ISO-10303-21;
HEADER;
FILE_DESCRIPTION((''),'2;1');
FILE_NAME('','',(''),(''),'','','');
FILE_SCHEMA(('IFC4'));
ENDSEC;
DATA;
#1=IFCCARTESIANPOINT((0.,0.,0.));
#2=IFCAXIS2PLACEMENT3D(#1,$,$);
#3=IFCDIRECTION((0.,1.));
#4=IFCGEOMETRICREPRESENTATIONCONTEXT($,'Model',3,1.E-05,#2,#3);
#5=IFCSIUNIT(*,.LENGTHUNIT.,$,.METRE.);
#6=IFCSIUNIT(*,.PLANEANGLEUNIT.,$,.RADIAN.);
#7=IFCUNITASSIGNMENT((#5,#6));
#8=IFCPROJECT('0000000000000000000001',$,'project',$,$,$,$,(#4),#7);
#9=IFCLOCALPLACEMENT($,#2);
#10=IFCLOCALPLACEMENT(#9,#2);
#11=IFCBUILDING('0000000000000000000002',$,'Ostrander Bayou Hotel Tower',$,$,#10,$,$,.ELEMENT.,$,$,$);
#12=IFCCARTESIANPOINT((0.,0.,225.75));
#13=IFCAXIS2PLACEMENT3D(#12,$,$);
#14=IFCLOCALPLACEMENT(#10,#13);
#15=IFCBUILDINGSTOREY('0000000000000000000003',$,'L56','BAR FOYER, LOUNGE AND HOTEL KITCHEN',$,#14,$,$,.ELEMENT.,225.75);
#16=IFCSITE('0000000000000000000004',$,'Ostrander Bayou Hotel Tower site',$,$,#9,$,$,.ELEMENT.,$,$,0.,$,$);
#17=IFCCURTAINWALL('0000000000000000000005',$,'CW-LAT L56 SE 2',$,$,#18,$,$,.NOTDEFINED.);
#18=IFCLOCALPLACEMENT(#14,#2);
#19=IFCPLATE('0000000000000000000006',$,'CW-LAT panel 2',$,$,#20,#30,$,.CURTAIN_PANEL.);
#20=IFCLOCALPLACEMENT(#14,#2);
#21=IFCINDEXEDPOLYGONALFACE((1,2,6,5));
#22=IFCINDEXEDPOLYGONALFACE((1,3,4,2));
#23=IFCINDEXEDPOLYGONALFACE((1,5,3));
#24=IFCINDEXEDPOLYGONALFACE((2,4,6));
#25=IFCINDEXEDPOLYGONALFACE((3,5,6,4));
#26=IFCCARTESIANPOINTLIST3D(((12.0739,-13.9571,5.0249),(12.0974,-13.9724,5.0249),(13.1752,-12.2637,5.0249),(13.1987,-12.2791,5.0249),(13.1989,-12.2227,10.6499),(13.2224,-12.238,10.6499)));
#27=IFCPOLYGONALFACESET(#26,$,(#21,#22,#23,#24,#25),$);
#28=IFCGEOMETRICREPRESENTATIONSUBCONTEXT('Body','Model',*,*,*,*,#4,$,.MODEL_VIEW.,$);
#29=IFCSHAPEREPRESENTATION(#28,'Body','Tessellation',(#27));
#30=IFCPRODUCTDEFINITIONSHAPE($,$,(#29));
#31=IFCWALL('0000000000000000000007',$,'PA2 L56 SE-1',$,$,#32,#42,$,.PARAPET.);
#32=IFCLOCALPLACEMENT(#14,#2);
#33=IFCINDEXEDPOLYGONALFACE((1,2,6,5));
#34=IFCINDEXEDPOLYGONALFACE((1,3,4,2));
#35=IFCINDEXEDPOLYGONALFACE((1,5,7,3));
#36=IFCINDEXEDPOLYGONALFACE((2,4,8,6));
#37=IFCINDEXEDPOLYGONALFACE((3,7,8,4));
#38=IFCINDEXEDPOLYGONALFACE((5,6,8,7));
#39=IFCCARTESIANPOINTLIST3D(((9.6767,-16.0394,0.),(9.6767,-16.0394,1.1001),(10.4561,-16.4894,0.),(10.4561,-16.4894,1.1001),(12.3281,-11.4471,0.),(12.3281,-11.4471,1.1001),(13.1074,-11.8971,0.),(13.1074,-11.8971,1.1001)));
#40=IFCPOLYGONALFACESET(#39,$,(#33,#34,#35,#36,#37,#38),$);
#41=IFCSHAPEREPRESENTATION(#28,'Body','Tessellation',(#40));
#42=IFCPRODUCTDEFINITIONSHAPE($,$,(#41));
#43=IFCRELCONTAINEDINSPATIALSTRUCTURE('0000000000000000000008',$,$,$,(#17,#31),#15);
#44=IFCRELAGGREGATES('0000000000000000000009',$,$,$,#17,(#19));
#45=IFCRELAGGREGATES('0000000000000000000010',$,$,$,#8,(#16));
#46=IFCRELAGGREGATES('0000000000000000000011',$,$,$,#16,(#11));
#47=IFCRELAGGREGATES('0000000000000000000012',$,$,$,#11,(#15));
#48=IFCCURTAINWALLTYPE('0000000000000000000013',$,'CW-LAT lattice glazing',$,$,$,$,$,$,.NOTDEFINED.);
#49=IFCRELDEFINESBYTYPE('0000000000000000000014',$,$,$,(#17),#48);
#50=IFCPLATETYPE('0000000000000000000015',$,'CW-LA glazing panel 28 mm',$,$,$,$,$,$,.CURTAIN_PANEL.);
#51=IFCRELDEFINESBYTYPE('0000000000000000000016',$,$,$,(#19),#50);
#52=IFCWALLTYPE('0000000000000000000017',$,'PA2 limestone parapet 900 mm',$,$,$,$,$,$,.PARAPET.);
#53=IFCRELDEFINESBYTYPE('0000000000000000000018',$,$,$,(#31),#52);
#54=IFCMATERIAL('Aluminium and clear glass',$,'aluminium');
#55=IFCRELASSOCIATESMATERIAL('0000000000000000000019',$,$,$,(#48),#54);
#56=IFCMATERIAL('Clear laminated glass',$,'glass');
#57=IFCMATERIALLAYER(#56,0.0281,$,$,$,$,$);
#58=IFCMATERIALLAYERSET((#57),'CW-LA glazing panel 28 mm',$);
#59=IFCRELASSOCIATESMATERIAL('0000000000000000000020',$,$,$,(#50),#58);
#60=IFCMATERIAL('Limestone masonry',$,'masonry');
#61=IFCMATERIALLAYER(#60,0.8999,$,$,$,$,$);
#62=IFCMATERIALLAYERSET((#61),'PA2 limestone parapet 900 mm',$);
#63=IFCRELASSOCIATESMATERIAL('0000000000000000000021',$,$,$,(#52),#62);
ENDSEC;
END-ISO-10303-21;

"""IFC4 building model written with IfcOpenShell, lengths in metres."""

from ifc_helpers import new_model, si_unit, direction, frame, frame_2d, origin, place, context, subcontext, project, spatial, polyline, rectangle, outline, extrude, material, layer, layer_set, type_object, element, aggregate, save


model = new_model("IFC4")

# Units and contexts
model_context = context("Model", 3, precision=1e-05, world=origin(), true_north=direction((0.0, 1.0)))
body_context = subcontext(model_context, "Body", "Model", "MODEL_VIEW")
ifc_project = project(units=[si_unit("LENGTHUNIT", "METRE"), si_unit("PLANEANGLEUNIT", "RADIAN")], contexts=[model_context])

# Site, building, storey
site_placement = place(None, origin())
site = spatial("IfcSite", under=ifc_project, at=site_placement, Name="Ostrander Bayou Hotel Tower site", CompositionType="ELEMENT", RefElevation=0.0)
building_placement = place(site_placement, origin())
building = spatial("IfcBuilding", under=site, at=building_placement, Name="Ostrander Bayou Hotel Tower", CompositionType="ELEMENT")
storey_placement = place(building_placement, frame((0.0, 0.0, 225.75)))
storey = spatial("IfcBuildingStorey", under=building, at=storey_placement, Name="L56", Description="BAR FOYER, LOUNGE AND HOTEL KITCHEN", CompositionType="ELEMENT", Elevation=225.75)

# Shared definitions
ifc_material_1 = material(Name="Aluminium and clear glass", Category="aluminium")
curtain_wall_type_1 = type_object("IfcCurtainWallType", Name="CW-LAT lattice glazing", PredefinedType="NOTDEFINED", material=ifc_material_1)

# Curtain wall
curtain_wall_1_placement = place(storey_placement, origin())
curtain_wall_1 = element("IfcCurtainWall", 1, at=curtain_wall_1_placement, inside=storey, type_object=curtain_wall_type_1, Name="CW-LAT L56 SE 2", PredefinedType="NOTDEFINED")

# Plate
ifc_material_2 = material(Name="Clear laminated glass", Category="glass")
ifc_layer_1 = layer(ifc_material_2, 0.0281)
ifc_layer_set_1 = layer_set([ifc_layer_1], Name="CW-LA glazing panel 28 mm")
plate_type_1 = type_object("IfcPlateType", Name="CW-LA glazing panel 28 mm", PredefinedType="CURTAIN_PANEL", material=ifc_layer_set_1)
plate_1_placement = place(storey_placement, frame((12.0974, -13.9724, 5.0249), z_axis=(0.8383, -0.545209, 0.000446), x_axis=(0.187724, 0.289407, 0.938618)))
plate_1 = element("IfcPlate", 2, at=plate_1_placement, type_object=plate_type_1, Name="CW-LAT panel 2", PredefinedType="CURTAIN_PANEL", context=body_context, shape_type="SweptSolid", body=[
    extrude(outline(polyline([(0.0, 0.0), (5.9929, 0.0), (0.6968, -1.896), (0.0, 0.0)])), origin(), (0.0, 0.0, -1.0), 0.0281),
])
aggregate(curtain_wall_1, [plate_1])

# Wall
ifc_material_3 = material(Name="Limestone masonry", Category="masonry")
ifc_layer_2 = layer(ifc_material_3, 0.8999)
ifc_layer_set_2 = layer_set([ifc_layer_2], Name="PA2 limestone parapet 900 mm")
wall_type = type_object("IfcWallType", Name="PA2 limestone parapet 900 mm", PredefinedType="PARAPET", material=ifc_layer_set_2)
wall_placement = place(storey_placement, frame((10.0664, -16.2644, 0.0), z_axis=(0.0, 0.0, 1.0), x_axis=(0.500001, 0.866025, 0.0)))
element("IfcWall", 3, at=wall_placement, inside=storey, type_object=wall_type, Name="PA2 L56 SE-1", PredefinedType="PARAPET", context=body_context, shape_type="SweptSolid", body=[
    extrude(rectangle(XDim=5.3027, YDim=0.8999, at=frame_2d((2.6514, 0.0))), origin(), (0.0, 0.0, 1.0), 1.1001),
])

save(model, "model.ifc")
